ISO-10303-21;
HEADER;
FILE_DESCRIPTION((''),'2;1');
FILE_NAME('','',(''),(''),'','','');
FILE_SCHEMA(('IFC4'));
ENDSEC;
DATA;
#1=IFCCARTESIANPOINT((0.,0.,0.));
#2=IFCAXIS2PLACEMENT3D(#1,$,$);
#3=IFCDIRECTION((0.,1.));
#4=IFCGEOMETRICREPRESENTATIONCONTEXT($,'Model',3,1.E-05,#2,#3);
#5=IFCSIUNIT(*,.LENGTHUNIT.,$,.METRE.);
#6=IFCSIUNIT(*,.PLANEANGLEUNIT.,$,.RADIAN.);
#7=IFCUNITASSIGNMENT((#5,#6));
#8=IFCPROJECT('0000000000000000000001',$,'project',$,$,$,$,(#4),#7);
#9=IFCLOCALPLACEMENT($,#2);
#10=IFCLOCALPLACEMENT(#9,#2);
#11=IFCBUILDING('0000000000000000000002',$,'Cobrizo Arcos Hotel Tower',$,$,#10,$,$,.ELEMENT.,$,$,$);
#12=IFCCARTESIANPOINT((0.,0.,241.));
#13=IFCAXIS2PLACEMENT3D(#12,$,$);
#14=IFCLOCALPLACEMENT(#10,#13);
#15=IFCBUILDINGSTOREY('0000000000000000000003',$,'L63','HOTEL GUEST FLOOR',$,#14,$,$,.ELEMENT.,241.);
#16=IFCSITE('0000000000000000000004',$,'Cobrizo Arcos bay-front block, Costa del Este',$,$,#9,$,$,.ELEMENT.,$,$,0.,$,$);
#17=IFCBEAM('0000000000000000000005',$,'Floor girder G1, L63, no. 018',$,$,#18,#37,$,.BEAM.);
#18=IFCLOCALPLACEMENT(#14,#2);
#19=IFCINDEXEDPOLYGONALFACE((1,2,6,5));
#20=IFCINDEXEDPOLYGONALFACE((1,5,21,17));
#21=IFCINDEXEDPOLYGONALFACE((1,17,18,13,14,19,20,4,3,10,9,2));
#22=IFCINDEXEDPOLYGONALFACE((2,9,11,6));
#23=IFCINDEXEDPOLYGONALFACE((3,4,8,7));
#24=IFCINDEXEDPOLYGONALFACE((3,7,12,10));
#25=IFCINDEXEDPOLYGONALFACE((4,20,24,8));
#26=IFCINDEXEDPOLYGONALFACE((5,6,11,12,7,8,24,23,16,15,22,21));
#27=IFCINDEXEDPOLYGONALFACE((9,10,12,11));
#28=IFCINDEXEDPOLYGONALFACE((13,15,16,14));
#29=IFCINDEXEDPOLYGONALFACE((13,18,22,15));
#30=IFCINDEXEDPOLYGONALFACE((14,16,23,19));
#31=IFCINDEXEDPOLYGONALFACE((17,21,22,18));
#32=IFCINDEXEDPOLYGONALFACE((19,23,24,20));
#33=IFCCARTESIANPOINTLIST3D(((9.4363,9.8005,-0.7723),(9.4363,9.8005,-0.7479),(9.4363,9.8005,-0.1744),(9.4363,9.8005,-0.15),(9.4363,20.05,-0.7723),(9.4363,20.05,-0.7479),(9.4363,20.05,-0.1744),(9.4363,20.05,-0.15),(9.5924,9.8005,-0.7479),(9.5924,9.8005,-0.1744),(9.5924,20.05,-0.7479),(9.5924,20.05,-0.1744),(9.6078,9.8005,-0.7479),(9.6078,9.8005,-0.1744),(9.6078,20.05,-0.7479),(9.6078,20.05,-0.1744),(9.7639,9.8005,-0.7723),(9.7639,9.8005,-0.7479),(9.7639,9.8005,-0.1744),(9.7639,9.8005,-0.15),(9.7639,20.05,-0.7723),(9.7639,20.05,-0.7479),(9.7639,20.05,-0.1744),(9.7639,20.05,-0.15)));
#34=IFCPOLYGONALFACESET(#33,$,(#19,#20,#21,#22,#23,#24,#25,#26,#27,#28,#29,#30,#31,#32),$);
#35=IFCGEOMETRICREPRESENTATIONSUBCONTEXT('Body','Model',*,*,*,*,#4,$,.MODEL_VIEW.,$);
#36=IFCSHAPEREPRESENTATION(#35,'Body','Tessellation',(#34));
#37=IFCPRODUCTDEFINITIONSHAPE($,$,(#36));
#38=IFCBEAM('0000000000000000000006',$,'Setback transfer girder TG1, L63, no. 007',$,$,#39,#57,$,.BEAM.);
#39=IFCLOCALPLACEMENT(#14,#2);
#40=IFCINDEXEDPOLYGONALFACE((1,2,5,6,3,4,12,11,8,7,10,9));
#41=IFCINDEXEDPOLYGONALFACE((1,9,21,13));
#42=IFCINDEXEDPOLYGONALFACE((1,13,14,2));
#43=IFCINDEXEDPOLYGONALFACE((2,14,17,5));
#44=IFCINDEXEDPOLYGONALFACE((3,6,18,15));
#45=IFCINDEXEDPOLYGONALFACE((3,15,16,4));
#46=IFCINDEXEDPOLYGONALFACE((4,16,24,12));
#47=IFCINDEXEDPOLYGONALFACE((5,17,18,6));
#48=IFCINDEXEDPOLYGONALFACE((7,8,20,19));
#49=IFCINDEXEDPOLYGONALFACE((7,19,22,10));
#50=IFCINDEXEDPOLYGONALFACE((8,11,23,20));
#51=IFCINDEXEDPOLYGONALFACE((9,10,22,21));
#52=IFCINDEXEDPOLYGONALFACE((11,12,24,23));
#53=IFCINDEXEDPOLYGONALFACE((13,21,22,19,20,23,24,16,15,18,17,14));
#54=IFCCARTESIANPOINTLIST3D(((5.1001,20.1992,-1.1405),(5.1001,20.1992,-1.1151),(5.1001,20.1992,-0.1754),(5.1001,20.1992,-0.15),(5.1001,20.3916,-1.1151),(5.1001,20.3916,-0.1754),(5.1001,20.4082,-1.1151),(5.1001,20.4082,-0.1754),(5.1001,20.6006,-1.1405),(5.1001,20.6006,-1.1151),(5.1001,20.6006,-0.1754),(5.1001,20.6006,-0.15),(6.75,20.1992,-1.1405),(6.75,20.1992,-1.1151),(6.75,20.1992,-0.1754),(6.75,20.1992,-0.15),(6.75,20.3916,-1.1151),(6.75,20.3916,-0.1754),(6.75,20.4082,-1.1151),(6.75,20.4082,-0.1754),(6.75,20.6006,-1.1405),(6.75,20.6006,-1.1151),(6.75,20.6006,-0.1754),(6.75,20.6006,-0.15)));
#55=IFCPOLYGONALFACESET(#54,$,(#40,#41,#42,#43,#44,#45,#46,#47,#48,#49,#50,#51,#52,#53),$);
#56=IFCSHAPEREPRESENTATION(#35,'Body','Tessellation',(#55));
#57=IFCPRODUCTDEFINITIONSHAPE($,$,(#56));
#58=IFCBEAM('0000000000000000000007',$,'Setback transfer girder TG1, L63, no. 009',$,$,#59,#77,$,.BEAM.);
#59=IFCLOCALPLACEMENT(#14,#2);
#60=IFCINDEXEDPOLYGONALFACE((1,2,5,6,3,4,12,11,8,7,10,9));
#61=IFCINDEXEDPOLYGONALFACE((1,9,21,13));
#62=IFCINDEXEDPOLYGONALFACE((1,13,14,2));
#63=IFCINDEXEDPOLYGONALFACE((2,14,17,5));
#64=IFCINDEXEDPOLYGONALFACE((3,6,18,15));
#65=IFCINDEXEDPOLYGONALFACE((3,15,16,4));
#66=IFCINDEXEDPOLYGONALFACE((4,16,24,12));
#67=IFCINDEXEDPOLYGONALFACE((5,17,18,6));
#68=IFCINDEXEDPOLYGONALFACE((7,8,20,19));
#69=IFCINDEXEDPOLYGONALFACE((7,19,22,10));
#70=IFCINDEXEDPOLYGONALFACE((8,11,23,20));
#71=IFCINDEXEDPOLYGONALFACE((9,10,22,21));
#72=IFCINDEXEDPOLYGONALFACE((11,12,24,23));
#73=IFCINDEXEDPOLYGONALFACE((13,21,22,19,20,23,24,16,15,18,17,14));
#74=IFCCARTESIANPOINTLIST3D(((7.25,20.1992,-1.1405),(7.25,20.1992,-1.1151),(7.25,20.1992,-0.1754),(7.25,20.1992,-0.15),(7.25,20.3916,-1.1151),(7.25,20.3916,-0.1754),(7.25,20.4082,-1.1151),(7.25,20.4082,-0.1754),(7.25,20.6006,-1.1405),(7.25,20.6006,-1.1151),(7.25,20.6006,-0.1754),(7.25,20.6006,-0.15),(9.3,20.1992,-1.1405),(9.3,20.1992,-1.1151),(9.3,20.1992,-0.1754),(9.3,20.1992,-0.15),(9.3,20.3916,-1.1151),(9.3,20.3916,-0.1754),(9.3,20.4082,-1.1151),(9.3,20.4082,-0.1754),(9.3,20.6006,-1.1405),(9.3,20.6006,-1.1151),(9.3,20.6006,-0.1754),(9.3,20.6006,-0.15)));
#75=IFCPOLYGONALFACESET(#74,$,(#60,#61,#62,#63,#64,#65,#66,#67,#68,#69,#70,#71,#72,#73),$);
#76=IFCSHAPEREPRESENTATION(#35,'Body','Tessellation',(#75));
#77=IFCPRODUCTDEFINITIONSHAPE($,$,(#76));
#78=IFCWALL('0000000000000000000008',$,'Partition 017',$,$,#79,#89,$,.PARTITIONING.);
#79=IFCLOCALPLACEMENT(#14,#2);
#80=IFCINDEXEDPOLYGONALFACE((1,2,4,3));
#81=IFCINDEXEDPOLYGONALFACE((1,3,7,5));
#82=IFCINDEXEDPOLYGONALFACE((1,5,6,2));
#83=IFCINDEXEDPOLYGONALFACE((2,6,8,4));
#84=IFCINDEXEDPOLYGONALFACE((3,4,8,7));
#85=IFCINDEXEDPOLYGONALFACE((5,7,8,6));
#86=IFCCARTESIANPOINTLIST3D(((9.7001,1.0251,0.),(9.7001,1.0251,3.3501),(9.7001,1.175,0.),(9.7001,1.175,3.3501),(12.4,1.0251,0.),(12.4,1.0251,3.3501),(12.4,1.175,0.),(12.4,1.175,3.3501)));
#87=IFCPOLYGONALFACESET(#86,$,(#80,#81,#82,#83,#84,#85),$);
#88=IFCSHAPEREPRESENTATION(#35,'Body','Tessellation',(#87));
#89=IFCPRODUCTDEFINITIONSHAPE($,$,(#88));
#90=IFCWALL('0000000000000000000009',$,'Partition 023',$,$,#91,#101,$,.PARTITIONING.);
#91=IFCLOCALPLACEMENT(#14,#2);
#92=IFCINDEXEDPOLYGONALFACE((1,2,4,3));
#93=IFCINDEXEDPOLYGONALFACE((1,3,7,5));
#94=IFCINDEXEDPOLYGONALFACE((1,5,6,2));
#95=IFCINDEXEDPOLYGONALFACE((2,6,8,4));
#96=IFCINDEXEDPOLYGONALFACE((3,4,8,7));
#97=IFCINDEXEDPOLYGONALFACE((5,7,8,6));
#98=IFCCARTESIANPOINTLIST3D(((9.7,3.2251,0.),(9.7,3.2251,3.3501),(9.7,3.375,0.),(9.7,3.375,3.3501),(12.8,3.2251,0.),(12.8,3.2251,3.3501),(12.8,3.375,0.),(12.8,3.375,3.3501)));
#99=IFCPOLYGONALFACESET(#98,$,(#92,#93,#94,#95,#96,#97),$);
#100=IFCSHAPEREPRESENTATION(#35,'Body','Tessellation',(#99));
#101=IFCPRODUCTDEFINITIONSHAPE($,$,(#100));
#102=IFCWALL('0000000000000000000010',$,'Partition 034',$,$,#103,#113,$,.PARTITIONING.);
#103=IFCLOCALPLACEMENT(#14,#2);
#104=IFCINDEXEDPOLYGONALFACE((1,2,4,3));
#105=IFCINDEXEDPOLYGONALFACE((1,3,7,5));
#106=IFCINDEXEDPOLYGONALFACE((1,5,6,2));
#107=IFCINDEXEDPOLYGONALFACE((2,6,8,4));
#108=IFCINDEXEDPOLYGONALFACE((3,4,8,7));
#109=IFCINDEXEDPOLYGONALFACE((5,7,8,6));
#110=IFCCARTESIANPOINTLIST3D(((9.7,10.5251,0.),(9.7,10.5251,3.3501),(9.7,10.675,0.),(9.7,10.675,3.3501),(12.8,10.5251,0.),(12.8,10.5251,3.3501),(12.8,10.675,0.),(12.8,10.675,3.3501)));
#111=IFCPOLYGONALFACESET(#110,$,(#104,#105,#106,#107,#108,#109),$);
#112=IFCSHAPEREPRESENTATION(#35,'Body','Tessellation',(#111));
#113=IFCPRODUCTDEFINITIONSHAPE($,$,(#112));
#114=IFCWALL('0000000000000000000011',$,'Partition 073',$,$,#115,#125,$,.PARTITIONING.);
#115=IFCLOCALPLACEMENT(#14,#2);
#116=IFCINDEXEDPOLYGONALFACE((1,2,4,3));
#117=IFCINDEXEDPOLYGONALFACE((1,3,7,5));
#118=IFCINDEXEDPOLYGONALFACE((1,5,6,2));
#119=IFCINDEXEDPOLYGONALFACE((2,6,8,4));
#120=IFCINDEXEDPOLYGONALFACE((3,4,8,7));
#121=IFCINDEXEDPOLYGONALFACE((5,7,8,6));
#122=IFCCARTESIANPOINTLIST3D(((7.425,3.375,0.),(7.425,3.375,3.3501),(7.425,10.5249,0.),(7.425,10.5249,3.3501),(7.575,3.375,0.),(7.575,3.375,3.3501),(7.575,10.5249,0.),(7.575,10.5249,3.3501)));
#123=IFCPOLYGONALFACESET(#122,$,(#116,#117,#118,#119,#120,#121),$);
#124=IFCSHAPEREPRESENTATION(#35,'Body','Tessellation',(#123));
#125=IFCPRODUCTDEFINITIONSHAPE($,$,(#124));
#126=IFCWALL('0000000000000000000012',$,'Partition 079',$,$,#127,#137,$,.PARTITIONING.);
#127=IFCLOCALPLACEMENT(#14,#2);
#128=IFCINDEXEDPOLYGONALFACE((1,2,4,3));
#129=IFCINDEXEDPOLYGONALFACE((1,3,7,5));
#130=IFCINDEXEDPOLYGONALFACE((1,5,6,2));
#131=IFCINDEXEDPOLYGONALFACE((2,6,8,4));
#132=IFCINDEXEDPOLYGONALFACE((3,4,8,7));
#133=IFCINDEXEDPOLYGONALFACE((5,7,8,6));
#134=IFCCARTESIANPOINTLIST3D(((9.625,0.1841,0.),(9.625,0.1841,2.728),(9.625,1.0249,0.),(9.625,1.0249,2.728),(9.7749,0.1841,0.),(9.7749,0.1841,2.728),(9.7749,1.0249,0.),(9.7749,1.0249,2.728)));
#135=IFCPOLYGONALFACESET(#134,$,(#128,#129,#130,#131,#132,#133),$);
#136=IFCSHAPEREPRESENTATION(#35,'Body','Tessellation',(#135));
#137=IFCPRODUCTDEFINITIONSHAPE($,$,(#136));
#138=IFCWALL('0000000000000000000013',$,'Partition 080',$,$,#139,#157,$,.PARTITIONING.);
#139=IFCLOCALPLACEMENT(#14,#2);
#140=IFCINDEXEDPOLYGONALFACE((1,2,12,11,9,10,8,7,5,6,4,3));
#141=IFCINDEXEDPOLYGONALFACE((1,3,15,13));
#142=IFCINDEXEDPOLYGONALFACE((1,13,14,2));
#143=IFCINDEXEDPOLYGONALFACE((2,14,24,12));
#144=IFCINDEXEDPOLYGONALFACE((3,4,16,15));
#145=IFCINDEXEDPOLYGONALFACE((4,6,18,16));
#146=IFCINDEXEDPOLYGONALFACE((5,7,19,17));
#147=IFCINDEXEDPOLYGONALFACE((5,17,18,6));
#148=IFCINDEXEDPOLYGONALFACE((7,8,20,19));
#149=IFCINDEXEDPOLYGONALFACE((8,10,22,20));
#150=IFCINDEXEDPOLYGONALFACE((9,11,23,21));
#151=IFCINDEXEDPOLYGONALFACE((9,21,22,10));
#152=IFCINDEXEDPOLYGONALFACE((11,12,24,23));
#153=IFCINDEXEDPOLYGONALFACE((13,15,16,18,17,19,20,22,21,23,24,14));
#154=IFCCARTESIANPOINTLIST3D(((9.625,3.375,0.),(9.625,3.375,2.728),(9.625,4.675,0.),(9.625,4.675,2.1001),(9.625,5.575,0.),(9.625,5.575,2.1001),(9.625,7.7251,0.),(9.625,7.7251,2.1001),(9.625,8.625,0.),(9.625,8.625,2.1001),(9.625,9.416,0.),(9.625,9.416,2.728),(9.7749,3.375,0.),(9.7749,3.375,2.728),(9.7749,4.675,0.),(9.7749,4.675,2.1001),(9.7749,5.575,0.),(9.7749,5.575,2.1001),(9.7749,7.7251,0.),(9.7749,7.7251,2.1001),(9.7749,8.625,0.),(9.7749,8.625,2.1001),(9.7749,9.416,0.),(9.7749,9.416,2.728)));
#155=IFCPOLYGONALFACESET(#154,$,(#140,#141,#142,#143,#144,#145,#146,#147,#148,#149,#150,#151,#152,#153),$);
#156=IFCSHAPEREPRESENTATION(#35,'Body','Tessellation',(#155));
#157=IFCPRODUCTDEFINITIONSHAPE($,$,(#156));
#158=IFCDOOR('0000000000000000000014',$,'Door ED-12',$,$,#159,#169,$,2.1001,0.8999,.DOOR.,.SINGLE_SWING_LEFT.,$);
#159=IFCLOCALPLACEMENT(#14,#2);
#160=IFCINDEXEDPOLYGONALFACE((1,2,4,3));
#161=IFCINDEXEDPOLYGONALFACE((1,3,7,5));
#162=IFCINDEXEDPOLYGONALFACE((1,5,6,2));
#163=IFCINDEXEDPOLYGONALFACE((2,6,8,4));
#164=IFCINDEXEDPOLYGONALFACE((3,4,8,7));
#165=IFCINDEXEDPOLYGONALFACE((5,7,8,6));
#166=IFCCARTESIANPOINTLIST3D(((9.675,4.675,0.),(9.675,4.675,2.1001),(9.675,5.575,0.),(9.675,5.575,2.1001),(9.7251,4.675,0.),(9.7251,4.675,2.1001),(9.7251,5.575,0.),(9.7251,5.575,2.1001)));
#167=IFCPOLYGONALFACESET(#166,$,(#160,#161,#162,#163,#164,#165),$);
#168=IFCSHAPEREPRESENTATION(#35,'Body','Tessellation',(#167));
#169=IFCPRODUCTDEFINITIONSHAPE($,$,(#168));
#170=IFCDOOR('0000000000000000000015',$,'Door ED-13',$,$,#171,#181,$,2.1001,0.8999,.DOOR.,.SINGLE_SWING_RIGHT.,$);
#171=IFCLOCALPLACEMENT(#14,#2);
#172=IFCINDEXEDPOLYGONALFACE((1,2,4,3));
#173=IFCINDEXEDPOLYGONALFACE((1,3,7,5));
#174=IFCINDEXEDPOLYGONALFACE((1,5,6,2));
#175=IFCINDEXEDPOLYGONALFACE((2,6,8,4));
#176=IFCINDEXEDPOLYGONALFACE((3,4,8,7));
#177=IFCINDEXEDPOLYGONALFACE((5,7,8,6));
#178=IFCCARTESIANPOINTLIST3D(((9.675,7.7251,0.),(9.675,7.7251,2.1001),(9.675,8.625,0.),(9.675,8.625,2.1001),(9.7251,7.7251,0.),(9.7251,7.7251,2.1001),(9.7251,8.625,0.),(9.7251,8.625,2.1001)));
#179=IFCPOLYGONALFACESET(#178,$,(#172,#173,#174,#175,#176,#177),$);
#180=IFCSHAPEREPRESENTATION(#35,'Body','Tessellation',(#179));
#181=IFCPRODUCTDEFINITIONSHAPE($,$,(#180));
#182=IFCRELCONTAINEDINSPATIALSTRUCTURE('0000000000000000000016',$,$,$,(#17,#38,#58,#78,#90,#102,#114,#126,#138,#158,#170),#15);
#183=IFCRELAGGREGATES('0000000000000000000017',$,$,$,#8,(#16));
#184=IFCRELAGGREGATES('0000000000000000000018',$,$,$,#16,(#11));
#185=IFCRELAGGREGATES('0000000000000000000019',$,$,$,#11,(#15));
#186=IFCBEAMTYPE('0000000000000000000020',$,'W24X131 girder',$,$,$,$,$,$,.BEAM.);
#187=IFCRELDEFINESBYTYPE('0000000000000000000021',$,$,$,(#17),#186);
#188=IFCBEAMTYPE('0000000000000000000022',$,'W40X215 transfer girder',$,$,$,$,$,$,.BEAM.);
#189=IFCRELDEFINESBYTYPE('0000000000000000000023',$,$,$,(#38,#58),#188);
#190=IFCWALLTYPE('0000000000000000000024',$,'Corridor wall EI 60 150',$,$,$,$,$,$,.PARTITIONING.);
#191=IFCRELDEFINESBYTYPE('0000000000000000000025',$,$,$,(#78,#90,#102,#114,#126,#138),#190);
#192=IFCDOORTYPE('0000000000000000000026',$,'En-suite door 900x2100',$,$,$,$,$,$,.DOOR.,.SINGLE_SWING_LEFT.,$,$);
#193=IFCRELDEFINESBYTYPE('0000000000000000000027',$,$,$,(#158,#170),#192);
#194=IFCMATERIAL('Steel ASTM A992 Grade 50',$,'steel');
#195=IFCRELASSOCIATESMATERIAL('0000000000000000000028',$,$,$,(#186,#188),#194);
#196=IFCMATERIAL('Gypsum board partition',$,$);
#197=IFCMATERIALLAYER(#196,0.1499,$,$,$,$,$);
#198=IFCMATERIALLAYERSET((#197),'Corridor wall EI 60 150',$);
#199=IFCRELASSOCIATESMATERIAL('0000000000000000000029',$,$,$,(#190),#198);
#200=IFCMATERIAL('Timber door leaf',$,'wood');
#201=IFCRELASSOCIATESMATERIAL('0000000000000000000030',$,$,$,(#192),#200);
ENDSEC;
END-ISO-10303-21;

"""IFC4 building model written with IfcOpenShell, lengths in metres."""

from ifc_helpers import new_model, si_unit, direction, frame, frame_2d, origin, origin_2d, place, context, subcontext, project, spatial, rectangle, i_section, extrude, material, layer, layer_set, material_profile, profile_set, type_object, element, fill, save


model = new_model("IFC4")

# Units and contexts
model_context = context("Model", 3, precision=1e-05, world=origin(), true_north=direction((0.0, 1.0)))
body_context = subcontext(model_context, "Body", "Model", "MODEL_VIEW")
ifc_project = project(units=[si_unit("LENGTHUNIT", "METRE"), si_unit("PLANEANGLEUNIT", "RADIAN")], contexts=[model_context])

# Site, building, storey
site_placement = place(None, origin())
site = spatial("IfcSite", under=ifc_project, at=site_placement, Name="Cobrizo Arcos bay-front block, Costa del Este", CompositionType="ELEMENT", RefElevation=0.0)
building_placement = place(site_placement, origin())
building = spatial("IfcBuilding", under=site, at=building_placement, Name="Cobrizo Arcos Hotel Tower", CompositionType="ELEMENT")
storey_placement = place(building_placement, frame((0.0, 0.0, 241.0)))
storey = spatial("IfcBuildingStorey", under=building, at=storey_placement, Name="L63", Description="HOTEL GUEST FLOOR", CompositionType="ELEMENT", Elevation=241.0)

# Shared definitions
ifc_material_1 = material(Name="Steel ASTM A992 Grade 50", Category="steel")

# Beams
ifc_material_profile_1 = material_profile(ifc_material_1, i_section(OverallWidth=0.3276, OverallDepth=0.6223, WebThickness=0.0154, FlangeThickness=0.0244, at=origin_2d()), Name="W24X131")
ifc_profile_set_1 = profile_set([ifc_material_profile_1], Name="Steel ASTM A992 Grade 50")
beam_type_1 = type_object("IfcBeamType", Name="W24X131 girder", PredefinedType="BEAM", material=ifc_profile_set_1)
beam_1_placement = place(storey_placement, frame((9.6001, 9.8005, -0.4612), z_axis=(0.0, 1.0, 0.0), x_axis=(-1.0, 0.0, 0.0)))
element("IfcBeam", 1, at=beam_1_placement, inside=storey, type_object=beam_type_1, Name="Floor girder G1, L63, no. 018", PredefinedType="BEAM", context=body_context, shape_type="SweptSolid", body=[
    extrude(i_section(OverallWidth=0.3276, OverallDepth=0.6223, WebThickness=0.0154, FlangeThickness=0.0244, at=origin_2d()), origin(), (0.0, 0.0, 1.0), 10.2495),
])
ifc_material_profile_2 = material_profile(ifc_material_1, i_section(OverallWidth=0.4014, OverallDepth=0.9905, WebThickness=0.0166, FlangeThickness=0.0254, at=origin_2d()), Name="W40X215")
ifc_profile_set_2 = profile_set([ifc_material_profile_2], Name="Steel ASTM A992 Grade 50")
beam_type_2 = type_object("IfcBeamType", Name="W40X215 transfer girder", PredefinedType="BEAM", material=ifc_profile_set_2)
beam_2_placement = place(storey_placement, frame((6.75, 20.3999, -0.6453), z_axis=(-1.0, 0.0, 0.0), x_axis=(0.0, -1.0, 0.0)))
element("IfcBeam", 2, at=beam_2_placement, inside=storey, type_object=beam_type_2, Name="Setback transfer girder TG1, L63, no. 007", PredefinedType="BEAM", context=body_context, shape_type="SweptSolid", body=[
    extrude(i_section(OverallWidth=0.4014, OverallDepth=0.9905, WebThickness=0.0166, FlangeThickness=0.0254, at=origin_2d()), origin(), (0.0, 0.0, 1.0), 1.6499),
])
beam_3_placement = place(storey_placement, frame((7.25, 20.3999, -0.6453), z_axis=(1.0, 0.0, 0.0), x_axis=(0.0, 1.0, 0.0)))
element("IfcBeam", 3, at=beam_3_placement, inside=storey, type_object=beam_type_2, Name="Setback transfer girder TG1, L63, no. 009", PredefinedType="BEAM", context=body_context, shape_type="SweptSolid", body=[
    extrude(i_section(OverallWidth=0.4014, OverallDepth=0.9905, WebThickness=0.0166, FlangeThickness=0.0254, at=origin_2d()), origin(), (0.0, 0.0, 1.0), 2.05),
])

# Walls
ifc_material_2 = material(Name="Gypsum board partition")
ifc_layer_1 = layer(ifc_material_2, 0.1499)
ifc_layer_set_1 = layer_set([ifc_layer_1], Name="Corridor wall EI 60 150")
wall_type_1 = type_object("IfcWallType", Name="Corridor wall EI 60 150", PredefinedType="PARTITIONING", material=ifc_layer_set_1)
wall_1_placement = place(storey_placement, frame((9.7, 1.1001, 0.0), z_axis=(0.0, 0.0, 1.0), x_axis=(1.0, 0.0, 0.0)))
element("IfcWall", 4, at=wall_1_placement, inside=storey, type_object=wall_type_1, Name="Partition 017", PredefinedType="PARTITIONING", context=body_context, shape_type="SweptSolid", body=[
    extrude(rectangle(XDim=2.7, YDim=0.1499, at=frame_2d((1.3501, 0.0))), origin(), (0.0, 0.0, 1.0), 3.3501),
])
for number, where, z_axis, x_axis, name in (
    (5, (9.7, 3.3, 0.0), (0.0, 0.0, 1.0), (1.0, 0.0, 0.0), "Partition 023"),
    (6, (9.7, 10.6001, 0.0), (0.0, 0.0, 1.0), (1.0, 0.0, 0.0), "Partition 034"),
):
    element("IfcWall", number, at=place(storey_placement, frame(where, z_axis=z_axis, x_axis=x_axis)), inside=storey, type_object=wall_type_1, Name=name, PredefinedType="PARTITIONING", context=body_context, shape_type="SweptSolid", body=[
        extrude(rectangle(XDim=3.1001, YDim=0.1499, at=frame_2d((1.55, 0.0))), origin(), (0.0, 0.0, 1.0), 3.3501),
    ])
wall_2_placement = place(storey_placement, frame((7.5, 3.375, 0.0), z_axis=(0.0, 0.0, 1.0), x_axis=(0.0, 1.0, 0.0)))
element("IfcWall", 7, at=wall_2_placement, inside=storey, type_object=wall_type_1, Name="Partition 073", PredefinedType="PARTITIONING", context=body_context, shape_type="SweptSolid", body=[
    extrude(rectangle(XDim=7.1499, YDim=0.1499, at=frame_2d((3.575, 0.0))), origin(), (0.0, 0.0, 1.0), 3.3501),
])
wall_3_placement = place(storey_placement, frame((9.7, 0.1841, 0.0), z_axis=(0.0, 0.0, 1.0), x_axis=(0.0, 1.0, 0.0)))
element("IfcWall", 8, at=wall_3_placement, inside=storey, type_object=wall_type_1, Name="Partition 079", PredefinedType="PARTITIONING", context=body_context, shape_type="SweptSolid", body=[
    extrude(rectangle(XDim=0.8408, YDim=0.1499, at=frame_2d((0.4204, 0.0))), origin(), (0.0, 0.0, 1.0), 2.728),
])

# Wall, openings, doors
wall_4_placement = place(storey_placement, frame((9.7, 3.375, 0.0), z_axis=(0.0, 0.0, 1.0), x_axis=(0.0, 1.0, 0.0)))
wall_4 = element("IfcWall", 9, at=wall_4_placement, inside=storey, type_object=wall_type_1, Name="Partition 080", PredefinedType="PARTITIONING", context=body_context, shape_type="SweptSolid", body=[
    extrude(rectangle(XDim=6.041, YDim=0.1499, at=frame_2d((3.0205, 0.0))), origin(), (0.0, 0.0, 1.0), 2.728),
])
opening_1_placement = place(wall_4_placement, frame((1.3, 0.0, 0.0)))
opening_1 = element("IfcOpeningElement", 10, at=opening_1_placement, cuts=wall_4, PredefinedType="OPENING", context=body_context, shape_type="SweptSolid", body=[
    extrude(rectangle(XDim=0.8999, YDim=2.1001, at=frame_2d((0.45, 1.05))), frame((0.0, 0.0869, 0.0), z_axis=(0.0, -1.0, 0.0), x_axis=(1.0, 0.0, 0.0)), (0.0, 0.0, 1.0), 0.1738),
])
opening_2_placement = place(wall_4_placement, frame((4.3501, 0.0, 0.0)))
opening_2 = element("IfcOpeningElement", 11, at=opening_2_placement, cuts=wall_4, PredefinedType="OPENING", context=body_context, shape_type="SweptSolid", body=[
    extrude(rectangle(XDim=0.8999, YDim=2.1001, at=frame_2d((0.45, 1.05))), frame((0.0, 0.0869, 0.0), z_axis=(0.0, -1.0, 0.0), x_axis=(1.0, 0.0, 0.0)), (0.0, 0.0, 1.0), 0.1738),
])
ifc_material_3 = material(Name="Timber door leaf", Category="wood")
door_type_1 = type_object("IfcDoorType", Name="En-suite door 900x2100", OperationType="SINGLE_SWING_LEFT", PredefinedType="DOOR", material=ifc_material_3)
door_1_placement = place(opening_1_placement, origin())
door_1 = element("IfcDoor", 12, at=door_1_placement, inside=storey, type_object=door_type_1, Name="Door ED-12", OperationType="SINGLE_SWING_LEFT", OverallHeight=2.1001, OverallWidth=0.8999, PredefinedType="DOOR", context=body_context, shape_type="SweptSolid", body=[
    extrude(rectangle(XDim=0.8999, YDim=2.1001, at=frame_2d((0.45, 1.05))), frame((0.0, 0.0249, 0.0), z_axis=(0.0, -1.0, 0.0), x_axis=(1.0, 0.0, 0.0)), (0.0, 0.0, 1.0), 0.05),
])
fill(opening_1, door_1)
door_2_placement = place(opening_2_placement, origin())
door_2 = element("IfcDoor", 13, at=door_2_placement, inside=storey, type_object=door_type_1, Name="Door ED-13", OperationType="SINGLE_SWING_RIGHT", OverallHeight=2.1001, OverallWidth=0.8999, PredefinedType="DOOR", context=body_context, shape_type="SweptSolid", body=[
    extrude(rectangle(XDim=0.8999, YDim=2.1001, at=frame_2d((0.45, 1.05))), frame((0.0, 0.0249, 0.0), z_axis=(0.0, -1.0, 0.0), x_axis=(1.0, 0.0, 0.0)), (0.0, 0.0, 1.0), 0.05),
])
fill(opening_2, door_2)

save(model, "model.ifc")
